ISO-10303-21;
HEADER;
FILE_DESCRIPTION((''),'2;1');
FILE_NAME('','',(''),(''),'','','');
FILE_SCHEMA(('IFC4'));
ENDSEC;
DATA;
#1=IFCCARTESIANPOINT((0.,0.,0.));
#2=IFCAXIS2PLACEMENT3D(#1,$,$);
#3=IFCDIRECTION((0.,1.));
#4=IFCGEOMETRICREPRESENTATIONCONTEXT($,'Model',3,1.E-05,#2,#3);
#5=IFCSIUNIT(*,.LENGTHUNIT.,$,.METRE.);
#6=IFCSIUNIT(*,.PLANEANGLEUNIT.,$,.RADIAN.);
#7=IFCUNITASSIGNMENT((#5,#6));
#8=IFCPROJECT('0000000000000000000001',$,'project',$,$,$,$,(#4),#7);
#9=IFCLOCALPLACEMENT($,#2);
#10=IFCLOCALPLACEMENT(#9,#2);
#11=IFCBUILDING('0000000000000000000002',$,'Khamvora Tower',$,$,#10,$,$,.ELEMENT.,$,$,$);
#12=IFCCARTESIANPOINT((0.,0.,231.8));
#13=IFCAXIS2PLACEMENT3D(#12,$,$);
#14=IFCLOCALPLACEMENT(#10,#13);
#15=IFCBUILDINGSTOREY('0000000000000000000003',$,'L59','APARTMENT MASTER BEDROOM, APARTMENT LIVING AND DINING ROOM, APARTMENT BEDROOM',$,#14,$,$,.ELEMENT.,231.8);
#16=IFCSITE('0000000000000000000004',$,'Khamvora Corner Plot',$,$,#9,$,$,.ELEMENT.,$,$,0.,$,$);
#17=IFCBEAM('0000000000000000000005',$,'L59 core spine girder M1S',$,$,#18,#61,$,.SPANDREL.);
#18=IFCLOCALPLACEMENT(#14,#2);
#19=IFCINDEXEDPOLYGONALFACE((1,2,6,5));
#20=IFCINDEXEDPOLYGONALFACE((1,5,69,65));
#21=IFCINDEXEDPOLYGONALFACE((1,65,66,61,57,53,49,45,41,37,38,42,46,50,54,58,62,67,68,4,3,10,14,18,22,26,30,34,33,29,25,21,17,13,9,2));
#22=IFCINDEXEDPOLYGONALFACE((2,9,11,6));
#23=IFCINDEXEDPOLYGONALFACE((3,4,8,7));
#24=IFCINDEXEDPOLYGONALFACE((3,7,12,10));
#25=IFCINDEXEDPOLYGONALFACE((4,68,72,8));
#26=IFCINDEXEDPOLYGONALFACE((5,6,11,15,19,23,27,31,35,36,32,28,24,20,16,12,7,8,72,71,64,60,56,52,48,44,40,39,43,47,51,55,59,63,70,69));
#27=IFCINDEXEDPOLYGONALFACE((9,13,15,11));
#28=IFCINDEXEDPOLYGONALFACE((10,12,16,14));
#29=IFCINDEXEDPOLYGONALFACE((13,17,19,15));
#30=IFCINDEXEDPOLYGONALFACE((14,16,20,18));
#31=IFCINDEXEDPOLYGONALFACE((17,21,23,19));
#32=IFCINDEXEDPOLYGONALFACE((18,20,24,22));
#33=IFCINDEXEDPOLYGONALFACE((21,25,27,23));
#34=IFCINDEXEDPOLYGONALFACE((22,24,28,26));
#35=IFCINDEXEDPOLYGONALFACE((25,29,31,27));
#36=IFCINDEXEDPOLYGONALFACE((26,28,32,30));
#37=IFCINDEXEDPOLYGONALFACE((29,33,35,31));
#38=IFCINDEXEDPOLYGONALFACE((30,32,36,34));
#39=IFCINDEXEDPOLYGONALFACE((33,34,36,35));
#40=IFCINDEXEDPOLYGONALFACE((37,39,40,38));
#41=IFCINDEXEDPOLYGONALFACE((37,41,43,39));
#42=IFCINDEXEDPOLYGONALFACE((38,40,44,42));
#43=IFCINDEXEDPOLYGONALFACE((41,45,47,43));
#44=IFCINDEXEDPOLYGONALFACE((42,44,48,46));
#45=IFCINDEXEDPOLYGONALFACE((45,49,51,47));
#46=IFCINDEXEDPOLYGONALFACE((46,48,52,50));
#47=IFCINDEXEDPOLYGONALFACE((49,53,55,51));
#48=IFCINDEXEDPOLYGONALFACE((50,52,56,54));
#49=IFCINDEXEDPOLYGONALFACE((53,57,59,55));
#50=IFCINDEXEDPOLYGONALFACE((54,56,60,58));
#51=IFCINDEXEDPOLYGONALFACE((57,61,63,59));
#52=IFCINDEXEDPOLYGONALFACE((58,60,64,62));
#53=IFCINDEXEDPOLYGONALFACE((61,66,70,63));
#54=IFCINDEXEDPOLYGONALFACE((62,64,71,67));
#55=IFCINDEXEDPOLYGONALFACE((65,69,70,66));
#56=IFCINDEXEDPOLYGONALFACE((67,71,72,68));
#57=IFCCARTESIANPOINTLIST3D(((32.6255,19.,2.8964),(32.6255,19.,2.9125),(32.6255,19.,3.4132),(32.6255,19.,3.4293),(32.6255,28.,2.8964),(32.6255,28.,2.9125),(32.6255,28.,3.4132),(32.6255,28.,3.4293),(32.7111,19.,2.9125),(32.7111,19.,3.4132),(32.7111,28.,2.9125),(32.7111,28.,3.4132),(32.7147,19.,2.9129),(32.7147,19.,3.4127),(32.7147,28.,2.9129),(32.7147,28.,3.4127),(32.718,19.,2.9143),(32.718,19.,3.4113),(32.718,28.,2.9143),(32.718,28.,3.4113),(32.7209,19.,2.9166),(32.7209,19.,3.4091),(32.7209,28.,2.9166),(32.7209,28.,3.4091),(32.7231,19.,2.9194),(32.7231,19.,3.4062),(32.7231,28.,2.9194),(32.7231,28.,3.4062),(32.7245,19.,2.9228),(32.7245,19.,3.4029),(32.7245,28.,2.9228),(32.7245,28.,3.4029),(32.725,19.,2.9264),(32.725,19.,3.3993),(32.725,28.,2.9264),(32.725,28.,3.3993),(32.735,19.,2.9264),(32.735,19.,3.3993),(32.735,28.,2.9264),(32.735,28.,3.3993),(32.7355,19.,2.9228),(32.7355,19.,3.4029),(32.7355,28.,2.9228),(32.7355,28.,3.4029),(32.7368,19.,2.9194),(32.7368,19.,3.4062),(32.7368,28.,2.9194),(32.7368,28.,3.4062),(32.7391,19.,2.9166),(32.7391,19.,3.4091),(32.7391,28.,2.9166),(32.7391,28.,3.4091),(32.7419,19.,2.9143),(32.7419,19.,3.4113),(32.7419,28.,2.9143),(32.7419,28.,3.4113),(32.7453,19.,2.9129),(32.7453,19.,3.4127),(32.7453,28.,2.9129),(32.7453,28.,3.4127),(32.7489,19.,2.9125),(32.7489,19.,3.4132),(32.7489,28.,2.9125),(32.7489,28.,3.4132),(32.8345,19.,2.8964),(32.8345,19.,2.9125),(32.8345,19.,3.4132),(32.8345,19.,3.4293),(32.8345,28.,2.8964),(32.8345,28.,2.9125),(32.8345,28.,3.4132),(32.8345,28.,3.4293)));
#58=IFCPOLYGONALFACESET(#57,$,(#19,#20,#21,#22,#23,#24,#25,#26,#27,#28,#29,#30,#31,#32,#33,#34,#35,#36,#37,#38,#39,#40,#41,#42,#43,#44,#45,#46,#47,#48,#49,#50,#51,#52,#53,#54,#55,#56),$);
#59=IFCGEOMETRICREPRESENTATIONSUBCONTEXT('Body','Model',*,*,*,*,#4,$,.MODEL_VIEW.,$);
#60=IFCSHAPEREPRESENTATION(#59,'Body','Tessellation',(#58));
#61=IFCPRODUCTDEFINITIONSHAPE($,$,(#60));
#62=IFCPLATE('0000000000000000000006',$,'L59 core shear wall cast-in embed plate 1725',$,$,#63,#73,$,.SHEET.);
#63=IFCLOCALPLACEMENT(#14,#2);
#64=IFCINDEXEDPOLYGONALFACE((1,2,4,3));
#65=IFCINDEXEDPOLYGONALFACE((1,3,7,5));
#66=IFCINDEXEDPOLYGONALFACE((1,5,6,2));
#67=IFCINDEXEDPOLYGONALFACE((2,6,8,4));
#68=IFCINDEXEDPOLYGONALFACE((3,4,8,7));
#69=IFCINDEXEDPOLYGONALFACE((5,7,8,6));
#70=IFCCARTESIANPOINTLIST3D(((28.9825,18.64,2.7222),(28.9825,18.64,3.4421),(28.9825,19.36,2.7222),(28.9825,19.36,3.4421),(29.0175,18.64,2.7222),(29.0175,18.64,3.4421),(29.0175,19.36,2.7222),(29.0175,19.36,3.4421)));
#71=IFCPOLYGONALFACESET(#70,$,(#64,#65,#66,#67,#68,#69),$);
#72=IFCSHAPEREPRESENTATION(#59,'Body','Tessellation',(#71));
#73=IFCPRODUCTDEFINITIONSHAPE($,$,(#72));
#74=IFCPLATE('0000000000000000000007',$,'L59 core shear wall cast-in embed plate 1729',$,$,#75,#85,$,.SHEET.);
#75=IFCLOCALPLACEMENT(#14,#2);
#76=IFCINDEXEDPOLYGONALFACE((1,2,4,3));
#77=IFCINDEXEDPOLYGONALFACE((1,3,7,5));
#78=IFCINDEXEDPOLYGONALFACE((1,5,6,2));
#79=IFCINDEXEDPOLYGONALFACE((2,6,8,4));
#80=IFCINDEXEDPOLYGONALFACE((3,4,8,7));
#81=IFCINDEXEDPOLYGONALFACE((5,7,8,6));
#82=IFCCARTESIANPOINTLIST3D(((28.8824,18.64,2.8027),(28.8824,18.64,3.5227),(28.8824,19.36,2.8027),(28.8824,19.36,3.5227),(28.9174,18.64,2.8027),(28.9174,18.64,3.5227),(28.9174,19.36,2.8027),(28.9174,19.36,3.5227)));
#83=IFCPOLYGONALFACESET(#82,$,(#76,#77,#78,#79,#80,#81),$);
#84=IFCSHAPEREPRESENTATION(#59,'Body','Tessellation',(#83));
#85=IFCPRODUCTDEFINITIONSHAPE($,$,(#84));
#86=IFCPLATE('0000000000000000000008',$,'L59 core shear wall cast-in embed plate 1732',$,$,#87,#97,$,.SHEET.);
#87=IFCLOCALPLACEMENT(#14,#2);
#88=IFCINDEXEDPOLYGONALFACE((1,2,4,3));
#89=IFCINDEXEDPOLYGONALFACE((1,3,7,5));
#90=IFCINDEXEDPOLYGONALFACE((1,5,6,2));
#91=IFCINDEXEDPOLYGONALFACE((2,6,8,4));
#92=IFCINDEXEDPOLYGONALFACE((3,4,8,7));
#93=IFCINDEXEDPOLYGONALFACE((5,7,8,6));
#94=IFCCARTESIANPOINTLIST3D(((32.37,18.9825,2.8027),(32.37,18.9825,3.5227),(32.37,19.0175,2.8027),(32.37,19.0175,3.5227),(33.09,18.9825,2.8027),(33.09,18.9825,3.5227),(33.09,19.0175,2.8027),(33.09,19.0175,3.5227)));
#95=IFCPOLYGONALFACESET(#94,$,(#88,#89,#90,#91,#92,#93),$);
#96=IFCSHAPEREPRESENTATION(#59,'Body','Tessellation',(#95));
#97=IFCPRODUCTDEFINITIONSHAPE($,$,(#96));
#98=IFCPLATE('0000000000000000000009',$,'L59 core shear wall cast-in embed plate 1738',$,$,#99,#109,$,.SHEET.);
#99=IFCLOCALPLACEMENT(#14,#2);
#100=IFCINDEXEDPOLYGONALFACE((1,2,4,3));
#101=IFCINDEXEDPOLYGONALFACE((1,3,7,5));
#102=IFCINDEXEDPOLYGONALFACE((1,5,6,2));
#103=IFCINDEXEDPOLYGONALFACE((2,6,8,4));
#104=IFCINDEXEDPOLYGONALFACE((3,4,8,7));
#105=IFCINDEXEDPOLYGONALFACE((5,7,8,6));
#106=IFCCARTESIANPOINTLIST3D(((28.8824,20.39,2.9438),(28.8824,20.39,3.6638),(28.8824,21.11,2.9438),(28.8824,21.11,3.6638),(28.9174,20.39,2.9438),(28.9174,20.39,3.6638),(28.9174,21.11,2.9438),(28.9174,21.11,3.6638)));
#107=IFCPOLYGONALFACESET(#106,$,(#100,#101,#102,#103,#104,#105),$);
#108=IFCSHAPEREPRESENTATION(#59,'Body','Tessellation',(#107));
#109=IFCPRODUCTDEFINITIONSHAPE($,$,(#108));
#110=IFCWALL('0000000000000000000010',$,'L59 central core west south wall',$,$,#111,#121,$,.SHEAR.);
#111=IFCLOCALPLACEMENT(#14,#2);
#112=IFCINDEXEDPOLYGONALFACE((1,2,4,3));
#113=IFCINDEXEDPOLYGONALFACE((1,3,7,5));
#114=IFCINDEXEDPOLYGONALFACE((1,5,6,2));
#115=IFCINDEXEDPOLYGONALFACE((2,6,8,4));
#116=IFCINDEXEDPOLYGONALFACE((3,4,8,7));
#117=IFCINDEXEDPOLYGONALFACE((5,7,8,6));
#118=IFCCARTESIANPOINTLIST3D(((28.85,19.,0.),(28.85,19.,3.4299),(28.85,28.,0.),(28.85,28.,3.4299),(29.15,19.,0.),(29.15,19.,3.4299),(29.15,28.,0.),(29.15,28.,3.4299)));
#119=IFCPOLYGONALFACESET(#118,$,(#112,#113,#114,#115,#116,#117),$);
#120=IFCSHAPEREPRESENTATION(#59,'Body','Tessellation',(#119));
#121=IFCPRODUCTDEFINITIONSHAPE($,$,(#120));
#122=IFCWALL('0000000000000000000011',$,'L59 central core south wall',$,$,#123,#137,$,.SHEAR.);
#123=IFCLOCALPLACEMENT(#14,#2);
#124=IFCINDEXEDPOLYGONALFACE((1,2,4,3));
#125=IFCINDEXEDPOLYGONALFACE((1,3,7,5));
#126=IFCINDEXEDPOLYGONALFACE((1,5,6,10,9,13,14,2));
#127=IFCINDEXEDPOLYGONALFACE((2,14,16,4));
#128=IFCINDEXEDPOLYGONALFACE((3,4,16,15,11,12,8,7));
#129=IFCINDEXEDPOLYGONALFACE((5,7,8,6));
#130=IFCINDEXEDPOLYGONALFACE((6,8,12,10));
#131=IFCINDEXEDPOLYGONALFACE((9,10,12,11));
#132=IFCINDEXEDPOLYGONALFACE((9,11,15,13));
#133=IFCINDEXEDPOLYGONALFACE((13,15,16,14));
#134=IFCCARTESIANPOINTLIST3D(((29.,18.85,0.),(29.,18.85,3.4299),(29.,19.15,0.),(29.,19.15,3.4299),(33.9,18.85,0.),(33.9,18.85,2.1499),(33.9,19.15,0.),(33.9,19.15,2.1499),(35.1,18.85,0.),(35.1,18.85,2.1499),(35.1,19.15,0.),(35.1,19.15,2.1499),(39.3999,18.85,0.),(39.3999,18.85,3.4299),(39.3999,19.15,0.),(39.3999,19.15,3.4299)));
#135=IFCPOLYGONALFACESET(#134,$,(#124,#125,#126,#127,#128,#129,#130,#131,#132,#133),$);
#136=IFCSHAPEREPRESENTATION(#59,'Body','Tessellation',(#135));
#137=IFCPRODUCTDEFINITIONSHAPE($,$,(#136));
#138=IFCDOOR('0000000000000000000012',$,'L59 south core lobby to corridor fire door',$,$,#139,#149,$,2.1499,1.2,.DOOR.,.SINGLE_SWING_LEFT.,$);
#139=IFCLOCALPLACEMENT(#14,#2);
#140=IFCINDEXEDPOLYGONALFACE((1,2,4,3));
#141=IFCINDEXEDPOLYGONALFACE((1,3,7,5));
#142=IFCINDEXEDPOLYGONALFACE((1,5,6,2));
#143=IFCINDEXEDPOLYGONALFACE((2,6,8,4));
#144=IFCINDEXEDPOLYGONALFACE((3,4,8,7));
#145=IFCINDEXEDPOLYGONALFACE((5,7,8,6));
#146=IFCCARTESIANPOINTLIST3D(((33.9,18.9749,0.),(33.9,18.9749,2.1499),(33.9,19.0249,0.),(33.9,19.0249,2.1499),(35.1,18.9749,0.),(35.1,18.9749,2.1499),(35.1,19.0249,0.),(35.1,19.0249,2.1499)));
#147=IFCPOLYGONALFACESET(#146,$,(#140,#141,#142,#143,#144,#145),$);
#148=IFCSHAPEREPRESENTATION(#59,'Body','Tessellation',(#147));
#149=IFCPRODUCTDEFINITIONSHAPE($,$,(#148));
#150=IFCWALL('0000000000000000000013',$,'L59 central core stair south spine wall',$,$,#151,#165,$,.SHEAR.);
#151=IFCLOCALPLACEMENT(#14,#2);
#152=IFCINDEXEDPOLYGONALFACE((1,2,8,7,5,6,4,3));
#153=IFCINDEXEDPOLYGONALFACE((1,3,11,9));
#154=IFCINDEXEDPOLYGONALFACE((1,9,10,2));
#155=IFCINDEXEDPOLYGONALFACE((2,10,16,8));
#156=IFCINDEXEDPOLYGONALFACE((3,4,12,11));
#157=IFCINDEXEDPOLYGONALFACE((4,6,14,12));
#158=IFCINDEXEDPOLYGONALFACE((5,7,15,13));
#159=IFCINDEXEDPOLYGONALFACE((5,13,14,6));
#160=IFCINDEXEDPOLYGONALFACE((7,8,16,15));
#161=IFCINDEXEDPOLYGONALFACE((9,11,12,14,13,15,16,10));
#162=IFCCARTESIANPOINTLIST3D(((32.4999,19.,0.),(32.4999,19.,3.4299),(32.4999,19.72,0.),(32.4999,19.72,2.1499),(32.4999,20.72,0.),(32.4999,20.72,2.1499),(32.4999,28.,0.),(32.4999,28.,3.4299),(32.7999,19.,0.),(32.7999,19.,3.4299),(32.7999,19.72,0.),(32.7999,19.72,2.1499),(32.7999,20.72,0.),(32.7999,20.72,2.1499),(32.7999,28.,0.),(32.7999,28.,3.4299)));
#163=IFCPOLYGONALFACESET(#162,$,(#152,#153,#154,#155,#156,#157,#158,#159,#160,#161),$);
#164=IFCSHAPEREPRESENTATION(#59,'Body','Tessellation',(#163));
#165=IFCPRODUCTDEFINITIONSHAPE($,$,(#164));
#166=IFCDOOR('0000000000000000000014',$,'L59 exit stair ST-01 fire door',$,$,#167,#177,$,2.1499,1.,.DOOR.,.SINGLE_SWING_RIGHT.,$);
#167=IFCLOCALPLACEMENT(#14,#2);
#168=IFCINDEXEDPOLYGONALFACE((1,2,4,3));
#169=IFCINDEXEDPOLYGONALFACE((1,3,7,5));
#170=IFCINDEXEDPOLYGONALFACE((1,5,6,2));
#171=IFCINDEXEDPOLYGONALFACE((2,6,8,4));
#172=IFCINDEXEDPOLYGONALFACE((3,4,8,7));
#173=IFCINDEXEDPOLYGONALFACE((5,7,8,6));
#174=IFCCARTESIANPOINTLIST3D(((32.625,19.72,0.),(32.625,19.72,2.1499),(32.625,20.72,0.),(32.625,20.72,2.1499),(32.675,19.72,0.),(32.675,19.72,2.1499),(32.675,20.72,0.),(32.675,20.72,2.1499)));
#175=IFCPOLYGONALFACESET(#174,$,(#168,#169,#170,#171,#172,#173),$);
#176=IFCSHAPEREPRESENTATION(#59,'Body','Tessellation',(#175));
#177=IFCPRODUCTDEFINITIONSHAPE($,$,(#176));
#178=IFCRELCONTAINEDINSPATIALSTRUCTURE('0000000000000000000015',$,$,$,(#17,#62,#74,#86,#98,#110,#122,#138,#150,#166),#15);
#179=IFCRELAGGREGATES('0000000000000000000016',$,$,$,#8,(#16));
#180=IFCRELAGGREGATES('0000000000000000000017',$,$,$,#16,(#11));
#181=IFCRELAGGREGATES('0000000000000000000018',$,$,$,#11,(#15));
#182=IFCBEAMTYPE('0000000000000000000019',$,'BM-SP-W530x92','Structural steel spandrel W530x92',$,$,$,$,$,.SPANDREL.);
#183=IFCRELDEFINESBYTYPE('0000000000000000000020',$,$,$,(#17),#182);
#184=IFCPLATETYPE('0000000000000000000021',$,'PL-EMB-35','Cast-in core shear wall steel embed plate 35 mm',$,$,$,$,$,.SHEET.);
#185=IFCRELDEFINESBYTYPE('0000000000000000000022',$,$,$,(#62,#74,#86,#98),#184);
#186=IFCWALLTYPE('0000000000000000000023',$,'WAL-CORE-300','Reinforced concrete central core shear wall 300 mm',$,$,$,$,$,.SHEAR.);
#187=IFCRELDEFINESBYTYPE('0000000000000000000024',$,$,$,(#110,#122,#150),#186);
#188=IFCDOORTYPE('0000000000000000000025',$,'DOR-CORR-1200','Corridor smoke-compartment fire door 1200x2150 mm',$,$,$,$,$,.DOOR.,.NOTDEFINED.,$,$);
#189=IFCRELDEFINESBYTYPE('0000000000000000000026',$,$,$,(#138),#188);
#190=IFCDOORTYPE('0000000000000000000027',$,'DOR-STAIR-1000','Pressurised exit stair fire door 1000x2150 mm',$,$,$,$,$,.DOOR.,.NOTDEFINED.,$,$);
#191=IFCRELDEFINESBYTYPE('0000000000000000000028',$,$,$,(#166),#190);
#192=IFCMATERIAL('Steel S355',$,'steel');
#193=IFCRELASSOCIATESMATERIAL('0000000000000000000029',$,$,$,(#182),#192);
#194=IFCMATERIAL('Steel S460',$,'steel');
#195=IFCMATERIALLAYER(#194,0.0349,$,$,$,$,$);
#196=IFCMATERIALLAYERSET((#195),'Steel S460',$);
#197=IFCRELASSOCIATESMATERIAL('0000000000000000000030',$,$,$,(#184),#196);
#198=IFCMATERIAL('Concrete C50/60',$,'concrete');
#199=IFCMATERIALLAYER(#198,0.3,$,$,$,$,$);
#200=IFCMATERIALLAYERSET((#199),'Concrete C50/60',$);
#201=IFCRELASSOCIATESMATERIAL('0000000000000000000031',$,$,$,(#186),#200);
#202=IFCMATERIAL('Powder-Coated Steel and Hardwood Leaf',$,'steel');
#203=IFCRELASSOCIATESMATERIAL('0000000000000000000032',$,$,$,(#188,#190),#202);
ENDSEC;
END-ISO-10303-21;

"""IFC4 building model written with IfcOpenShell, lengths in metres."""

from ifc_helpers import new_model, si_unit, direction, frame, frame_2d, origin, origin_2d, place, context, subcontext, project, spatial, rectangle, i_section, extrude, material, layer, layer_set, material_profile, profile_set, type_object, element, fill, save


model = new_model("IFC4")

# Units and contexts
model_context = context("Model", 3, precision=1e-05, world=origin(), true_north=direction((0.0, 1.0)))
body_context = subcontext(model_context, "Body", "Model", "MODEL_VIEW")
ifc_project = project(units=[si_unit("LENGTHUNIT", "METRE"), si_unit("PLANEANGLEUNIT", "RADIAN")], contexts=[model_context])

# Site, building, storey
site_placement = place(None, origin())
site = spatial("IfcSite", under=ifc_project, at=site_placement, Name="Khamvora Corner Plot", CompositionType="ELEMENT", RefElevation=0.0)
building_placement = place(site_placement, origin())
building = spatial("IfcBuilding", under=site, at=building_placement, Name="Khamvora Tower", CompositionType="ELEMENT")
storey_placement = place(building_placement, frame((0.0, 0.0, 231.8)))
storey = spatial("IfcBuildingStorey", under=building, at=storey_placement, Name="L59", Description="APARTMENT MASTER BEDROOM, APARTMENT LIVING AND DINING ROOM, APARTMENT BEDROOM", CompositionType="ELEMENT", Elevation=231.8)

# Beam
ifc_material_1 = material(Name="Steel S355", Category="steel")
ifc_material_profile_1 = material_profile(ifc_material_1, i_section(OverallWidth=0.209, OverallDepth=0.533, WebThickness=0.01, FlangeThickness=0.0161, FilletRadius=0.0139, at=origin_2d()), Name="W530x92")
ifc_profile_set_1 = profile_set([ifc_material_profile_1], Name="Steel S355")
beam_type_1 = type_object("IfcBeamType", Name="BM-SP-W530x92", Description="Structural steel spandrel W530x92", PredefinedType="SPANDREL", material=ifc_profile_set_1)
beam_1_placement = place(storey_placement, frame((32.73, 19.0, 3.1628), z_axis=(0.0, 1.0, 0.0), x_axis=(-1.0, 0.0, 0.0)))
element("IfcBeam", 1, at=beam_1_placement, inside=storey, type_object=beam_type_1, Name="L59 core spine girder M1S", PredefinedType="SPANDREL", context=body_context, shape_type="SweptSolid", body=[
    extrude(i_section(OverallWidth=0.209, OverallDepth=0.533, WebThickness=0.01, FlangeThickness=0.0161, FilletRadius=0.0139, at=origin_2d()), origin(), (0.0, 0.0, 1.0), 9.0),
])

# Plates
ifc_material_2 = material(Name="Steel S460", Category="steel")
ifc_layer_1 = layer(ifc_material_2, 0.0349)
ifc_layer_set_1 = layer_set([ifc_layer_1], Name="Steel S460")
plate_type = type_object("IfcPlateType", Name="PL-EMB-35", Description="Cast-in core shear wall steel embed plate 35 mm", PredefinedType="SHEET", material=ifc_layer_set_1)
for number, where, z_axis, x_axis, name in (
    (2, (29.0, 19.0, 2.7222), (0.0, 0.0, 1.0), (1.0, 0.0, 0.0), "L59 core shear wall cast-in embed plate 1725"),
    (3, (28.8999, 19.0, 2.8027), (0.0, 0.0, 1.0), (1.0, 0.0, 0.0), "L59 core shear wall cast-in embed plate 1729"),
):
    element("IfcPlate", number, at=place(storey_placement, frame(where, z_axis=z_axis, x_axis=x_axis)), inside=storey, type_object=plate_type, Name=name, PredefinedType="SHEET", context=body_context, shape_type="SweptSolid", body=[
        extrude(rectangle(XDim=0.0349, YDim=0.72, at=origin_2d()), origin(), (0.0, 0.0, 1.0), 0.72),
    ])
plate_1_placement = place(storey_placement, frame((32.73, 19.0, 2.8027), z_axis=(0.0, 0.0, 1.0), x_axis=(1.0, 0.0, 0.0)))
element("IfcPlate", 4, at=plate_1_placement, inside=storey, type_object=plate_type, Name="L59 core shear wall cast-in embed plate 1732", PredefinedType="SHEET", context=body_context, shape_type="SweptSolid", body=[
    extrude(rectangle(XDim=0.72, YDim=0.0349, at=origin_2d()), origin(), (0.0, 0.0, 1.0), 0.72),
])
plate_2_placement = place(storey_placement, frame((28.8999, 20.75, 2.9438), z_axis=(0.0, 0.0, 1.0), x_axis=(1.0, 0.0, 0.0)))
element("IfcPlate", 5, at=plate_2_placement, inside=storey, type_object=plate_type, Name="L59 core shear wall cast-in embed plate 1738", PredefinedType="SHEET", context=body_context, shape_type="SweptSolid", body=[
    extrude(rectangle(XDim=0.0349, YDim=0.72, at=origin_2d()), origin(), (0.0, 0.0, 1.0), 0.72),
])

# Wall
ifc_material_3 = material(Name="Concrete C50/60", Category="concrete")
ifc_layer_2 = layer(ifc_material_3, 0.3)
ifc_layer_set_2 = layer_set([ifc_layer_2], Name="Concrete C50/60")
wall_type_1 = type_object("IfcWallType", Name="WAL-CORE-300", Description="Reinforced concrete central core shear wall 300 mm", PredefinedType="SHEAR", material=ifc_layer_set_2)
wall_1_placement = place(storey_placement, frame((29.0, 19.0, 0.0), z_axis=(0.0, 0.0, 1.0), x_axis=(0.0, 1.0, 0.0)))
element("IfcWall", 6, at=wall_1_placement, inside=storey, type_object=wall_type_1, Name="L59 central core west south wall", PredefinedType="SHEAR", context=body_context, shape_type="SweptSolid", body=[
    extrude(rectangle(XDim=9.0, YDim=0.3, at=frame_2d((4.5, 0.0))), origin(), (0.0, 0.0, 1.0), 3.4299),
])

# Walls, openings, doors
wall_2_placement = place(storey_placement, frame((29.0, 19.0, 0.0), z_axis=(0.0, 0.0, 1.0), x_axis=(1.0, 0.0, 0.0)))
wall_2 = element("IfcWall", 7, at=wall_2_placement, inside=storey, type_object=wall_type_1, Name="L59 central core south wall", PredefinedType="SHEAR", context=body_context, shape_type="SweptSolid", body=[
    extrude(rectangle(XDim=10.3999, YDim=0.3, at=frame_2d((5.2, 0.0))), origin(), (0.0, 0.0, 1.0), 3.4299),
])
opening_1_placement = place(wall_2_placement, frame((4.8999, 0.0, 0.0)))
opening_1 = element("IfcOpeningElement", 8, at=opening_1_placement, cuts=wall_2, PredefinedType="OPENING", context=body_context, shape_type="SweptSolid", body=[
    extrude(rectangle(XDim=1.2, YDim=2.1499, at=frame_2d((0.6001, 1.075))), frame((0.0, 0.1599, 0.0), z_axis=(0.0, -1.0, 0.0), x_axis=(1.0, 0.0, 0.0)), (0.0, 0.0, 1.0), 0.3201),
])
ifc_material_4 = material(Name="Powder-Coated Steel and Hardwood Leaf", Category="steel")
door_type_1 = type_object("IfcDoorType", Name="DOR-CORR-1200", Description="Corridor smoke-compartment fire door 1200x2150 mm", OperationType="NOTDEFINED", PredefinedType="DOOR", material=ifc_material_4)
door_1_placement = place(opening_1_placement, origin())
door_1 = element("IfcDoor", 9, at=door_1_placement, inside=storey, type_object=door_type_1, Name="L59 south core lobby to corridor fire door", OperationType="SINGLE_SWING_LEFT", OverallHeight=2.1499, OverallWidth=1.2, PredefinedType="DOOR", context=body_context, shape_type="SweptSolid", body=[
    extrude(rectangle(XDim=1.2, YDim=2.1499, at=frame_2d((0.6001, 1.075))), frame((0.0, 0.0249, 0.0), z_axis=(0.0, -1.0, 0.0), x_axis=(1.0, 0.0, 0.0)), (0.0, 0.0, 1.0), 0.05),
])
fill(opening_1, door_1)
wall_3_placement = place(storey_placement, frame((32.6499, 19.0, 0.0), z_axis=(0.0, 0.0, 1.0), x_axis=(0.0, 1.0, 0.0)))
wall_3 = element("IfcWall", 10, at=wall_3_placement, inside=storey, type_object=wall_type_1, Name="L59 central core stair south spine wall", PredefinedType="SHEAR", context=body_context, shape_type="SweptSolid", body=[
    extrude(rectangle(XDim=9.0, YDim=0.3, at=frame_2d((4.5, 0.0))), origin(), (0.0, 0.0, 1.0), 3.4299),
])
opening_2_placement = place(wall_3_placement, frame((0.72, 0.0, 0.0)))
opening_2 = element("IfcOpeningElement", 11, at=opening_2_placement, cuts=wall_3, PredefinedType="OPENING", context=body_context, shape_type="SweptSolid", body=[
    extrude(rectangle(XDim=1.0, YDim=2.1499, at=frame_2d((0.5, 1.075))), frame((0.0, 0.1599, 0.0), z_axis=(0.0, -1.0, 0.0), x_axis=(1.0, 0.0, 0.0)), (0.0, 0.0, 1.0), 0.3201),
])
door_type_2 = type_object("IfcDoorType", Name="DOR-STAIR-1000", Description="Pressurised exit stair fire door 1000x2150 mm", OperationType="NOTDEFINED", PredefinedType="DOOR", material=ifc_material_4)
door_2_placement = place(opening_2_placement, origin())
door_2 = element("IfcDoor", 12, at=door_2_placement, inside=storey, type_object=door_type_2, Name="L59 exit stair ST-01 fire door", OperationType="SINGLE_SWING_RIGHT", OverallHeight=2.1499, OverallWidth=1.0, PredefinedType="DOOR", context=body_context, shape_type="SweptSolid", body=[
    extrude(rectangle(XDim=1.0, YDim=2.1499, at=frame_2d((0.5, 1.075))), frame((0.0, 0.0249, 0.0), z_axis=(0.0, -1.0, 0.0), x_axis=(1.0, 0.0, 0.0)), (0.0, 0.0, 1.0), 0.05),
])
fill(opening_2, door_2)

save(model, "model.ifc")
